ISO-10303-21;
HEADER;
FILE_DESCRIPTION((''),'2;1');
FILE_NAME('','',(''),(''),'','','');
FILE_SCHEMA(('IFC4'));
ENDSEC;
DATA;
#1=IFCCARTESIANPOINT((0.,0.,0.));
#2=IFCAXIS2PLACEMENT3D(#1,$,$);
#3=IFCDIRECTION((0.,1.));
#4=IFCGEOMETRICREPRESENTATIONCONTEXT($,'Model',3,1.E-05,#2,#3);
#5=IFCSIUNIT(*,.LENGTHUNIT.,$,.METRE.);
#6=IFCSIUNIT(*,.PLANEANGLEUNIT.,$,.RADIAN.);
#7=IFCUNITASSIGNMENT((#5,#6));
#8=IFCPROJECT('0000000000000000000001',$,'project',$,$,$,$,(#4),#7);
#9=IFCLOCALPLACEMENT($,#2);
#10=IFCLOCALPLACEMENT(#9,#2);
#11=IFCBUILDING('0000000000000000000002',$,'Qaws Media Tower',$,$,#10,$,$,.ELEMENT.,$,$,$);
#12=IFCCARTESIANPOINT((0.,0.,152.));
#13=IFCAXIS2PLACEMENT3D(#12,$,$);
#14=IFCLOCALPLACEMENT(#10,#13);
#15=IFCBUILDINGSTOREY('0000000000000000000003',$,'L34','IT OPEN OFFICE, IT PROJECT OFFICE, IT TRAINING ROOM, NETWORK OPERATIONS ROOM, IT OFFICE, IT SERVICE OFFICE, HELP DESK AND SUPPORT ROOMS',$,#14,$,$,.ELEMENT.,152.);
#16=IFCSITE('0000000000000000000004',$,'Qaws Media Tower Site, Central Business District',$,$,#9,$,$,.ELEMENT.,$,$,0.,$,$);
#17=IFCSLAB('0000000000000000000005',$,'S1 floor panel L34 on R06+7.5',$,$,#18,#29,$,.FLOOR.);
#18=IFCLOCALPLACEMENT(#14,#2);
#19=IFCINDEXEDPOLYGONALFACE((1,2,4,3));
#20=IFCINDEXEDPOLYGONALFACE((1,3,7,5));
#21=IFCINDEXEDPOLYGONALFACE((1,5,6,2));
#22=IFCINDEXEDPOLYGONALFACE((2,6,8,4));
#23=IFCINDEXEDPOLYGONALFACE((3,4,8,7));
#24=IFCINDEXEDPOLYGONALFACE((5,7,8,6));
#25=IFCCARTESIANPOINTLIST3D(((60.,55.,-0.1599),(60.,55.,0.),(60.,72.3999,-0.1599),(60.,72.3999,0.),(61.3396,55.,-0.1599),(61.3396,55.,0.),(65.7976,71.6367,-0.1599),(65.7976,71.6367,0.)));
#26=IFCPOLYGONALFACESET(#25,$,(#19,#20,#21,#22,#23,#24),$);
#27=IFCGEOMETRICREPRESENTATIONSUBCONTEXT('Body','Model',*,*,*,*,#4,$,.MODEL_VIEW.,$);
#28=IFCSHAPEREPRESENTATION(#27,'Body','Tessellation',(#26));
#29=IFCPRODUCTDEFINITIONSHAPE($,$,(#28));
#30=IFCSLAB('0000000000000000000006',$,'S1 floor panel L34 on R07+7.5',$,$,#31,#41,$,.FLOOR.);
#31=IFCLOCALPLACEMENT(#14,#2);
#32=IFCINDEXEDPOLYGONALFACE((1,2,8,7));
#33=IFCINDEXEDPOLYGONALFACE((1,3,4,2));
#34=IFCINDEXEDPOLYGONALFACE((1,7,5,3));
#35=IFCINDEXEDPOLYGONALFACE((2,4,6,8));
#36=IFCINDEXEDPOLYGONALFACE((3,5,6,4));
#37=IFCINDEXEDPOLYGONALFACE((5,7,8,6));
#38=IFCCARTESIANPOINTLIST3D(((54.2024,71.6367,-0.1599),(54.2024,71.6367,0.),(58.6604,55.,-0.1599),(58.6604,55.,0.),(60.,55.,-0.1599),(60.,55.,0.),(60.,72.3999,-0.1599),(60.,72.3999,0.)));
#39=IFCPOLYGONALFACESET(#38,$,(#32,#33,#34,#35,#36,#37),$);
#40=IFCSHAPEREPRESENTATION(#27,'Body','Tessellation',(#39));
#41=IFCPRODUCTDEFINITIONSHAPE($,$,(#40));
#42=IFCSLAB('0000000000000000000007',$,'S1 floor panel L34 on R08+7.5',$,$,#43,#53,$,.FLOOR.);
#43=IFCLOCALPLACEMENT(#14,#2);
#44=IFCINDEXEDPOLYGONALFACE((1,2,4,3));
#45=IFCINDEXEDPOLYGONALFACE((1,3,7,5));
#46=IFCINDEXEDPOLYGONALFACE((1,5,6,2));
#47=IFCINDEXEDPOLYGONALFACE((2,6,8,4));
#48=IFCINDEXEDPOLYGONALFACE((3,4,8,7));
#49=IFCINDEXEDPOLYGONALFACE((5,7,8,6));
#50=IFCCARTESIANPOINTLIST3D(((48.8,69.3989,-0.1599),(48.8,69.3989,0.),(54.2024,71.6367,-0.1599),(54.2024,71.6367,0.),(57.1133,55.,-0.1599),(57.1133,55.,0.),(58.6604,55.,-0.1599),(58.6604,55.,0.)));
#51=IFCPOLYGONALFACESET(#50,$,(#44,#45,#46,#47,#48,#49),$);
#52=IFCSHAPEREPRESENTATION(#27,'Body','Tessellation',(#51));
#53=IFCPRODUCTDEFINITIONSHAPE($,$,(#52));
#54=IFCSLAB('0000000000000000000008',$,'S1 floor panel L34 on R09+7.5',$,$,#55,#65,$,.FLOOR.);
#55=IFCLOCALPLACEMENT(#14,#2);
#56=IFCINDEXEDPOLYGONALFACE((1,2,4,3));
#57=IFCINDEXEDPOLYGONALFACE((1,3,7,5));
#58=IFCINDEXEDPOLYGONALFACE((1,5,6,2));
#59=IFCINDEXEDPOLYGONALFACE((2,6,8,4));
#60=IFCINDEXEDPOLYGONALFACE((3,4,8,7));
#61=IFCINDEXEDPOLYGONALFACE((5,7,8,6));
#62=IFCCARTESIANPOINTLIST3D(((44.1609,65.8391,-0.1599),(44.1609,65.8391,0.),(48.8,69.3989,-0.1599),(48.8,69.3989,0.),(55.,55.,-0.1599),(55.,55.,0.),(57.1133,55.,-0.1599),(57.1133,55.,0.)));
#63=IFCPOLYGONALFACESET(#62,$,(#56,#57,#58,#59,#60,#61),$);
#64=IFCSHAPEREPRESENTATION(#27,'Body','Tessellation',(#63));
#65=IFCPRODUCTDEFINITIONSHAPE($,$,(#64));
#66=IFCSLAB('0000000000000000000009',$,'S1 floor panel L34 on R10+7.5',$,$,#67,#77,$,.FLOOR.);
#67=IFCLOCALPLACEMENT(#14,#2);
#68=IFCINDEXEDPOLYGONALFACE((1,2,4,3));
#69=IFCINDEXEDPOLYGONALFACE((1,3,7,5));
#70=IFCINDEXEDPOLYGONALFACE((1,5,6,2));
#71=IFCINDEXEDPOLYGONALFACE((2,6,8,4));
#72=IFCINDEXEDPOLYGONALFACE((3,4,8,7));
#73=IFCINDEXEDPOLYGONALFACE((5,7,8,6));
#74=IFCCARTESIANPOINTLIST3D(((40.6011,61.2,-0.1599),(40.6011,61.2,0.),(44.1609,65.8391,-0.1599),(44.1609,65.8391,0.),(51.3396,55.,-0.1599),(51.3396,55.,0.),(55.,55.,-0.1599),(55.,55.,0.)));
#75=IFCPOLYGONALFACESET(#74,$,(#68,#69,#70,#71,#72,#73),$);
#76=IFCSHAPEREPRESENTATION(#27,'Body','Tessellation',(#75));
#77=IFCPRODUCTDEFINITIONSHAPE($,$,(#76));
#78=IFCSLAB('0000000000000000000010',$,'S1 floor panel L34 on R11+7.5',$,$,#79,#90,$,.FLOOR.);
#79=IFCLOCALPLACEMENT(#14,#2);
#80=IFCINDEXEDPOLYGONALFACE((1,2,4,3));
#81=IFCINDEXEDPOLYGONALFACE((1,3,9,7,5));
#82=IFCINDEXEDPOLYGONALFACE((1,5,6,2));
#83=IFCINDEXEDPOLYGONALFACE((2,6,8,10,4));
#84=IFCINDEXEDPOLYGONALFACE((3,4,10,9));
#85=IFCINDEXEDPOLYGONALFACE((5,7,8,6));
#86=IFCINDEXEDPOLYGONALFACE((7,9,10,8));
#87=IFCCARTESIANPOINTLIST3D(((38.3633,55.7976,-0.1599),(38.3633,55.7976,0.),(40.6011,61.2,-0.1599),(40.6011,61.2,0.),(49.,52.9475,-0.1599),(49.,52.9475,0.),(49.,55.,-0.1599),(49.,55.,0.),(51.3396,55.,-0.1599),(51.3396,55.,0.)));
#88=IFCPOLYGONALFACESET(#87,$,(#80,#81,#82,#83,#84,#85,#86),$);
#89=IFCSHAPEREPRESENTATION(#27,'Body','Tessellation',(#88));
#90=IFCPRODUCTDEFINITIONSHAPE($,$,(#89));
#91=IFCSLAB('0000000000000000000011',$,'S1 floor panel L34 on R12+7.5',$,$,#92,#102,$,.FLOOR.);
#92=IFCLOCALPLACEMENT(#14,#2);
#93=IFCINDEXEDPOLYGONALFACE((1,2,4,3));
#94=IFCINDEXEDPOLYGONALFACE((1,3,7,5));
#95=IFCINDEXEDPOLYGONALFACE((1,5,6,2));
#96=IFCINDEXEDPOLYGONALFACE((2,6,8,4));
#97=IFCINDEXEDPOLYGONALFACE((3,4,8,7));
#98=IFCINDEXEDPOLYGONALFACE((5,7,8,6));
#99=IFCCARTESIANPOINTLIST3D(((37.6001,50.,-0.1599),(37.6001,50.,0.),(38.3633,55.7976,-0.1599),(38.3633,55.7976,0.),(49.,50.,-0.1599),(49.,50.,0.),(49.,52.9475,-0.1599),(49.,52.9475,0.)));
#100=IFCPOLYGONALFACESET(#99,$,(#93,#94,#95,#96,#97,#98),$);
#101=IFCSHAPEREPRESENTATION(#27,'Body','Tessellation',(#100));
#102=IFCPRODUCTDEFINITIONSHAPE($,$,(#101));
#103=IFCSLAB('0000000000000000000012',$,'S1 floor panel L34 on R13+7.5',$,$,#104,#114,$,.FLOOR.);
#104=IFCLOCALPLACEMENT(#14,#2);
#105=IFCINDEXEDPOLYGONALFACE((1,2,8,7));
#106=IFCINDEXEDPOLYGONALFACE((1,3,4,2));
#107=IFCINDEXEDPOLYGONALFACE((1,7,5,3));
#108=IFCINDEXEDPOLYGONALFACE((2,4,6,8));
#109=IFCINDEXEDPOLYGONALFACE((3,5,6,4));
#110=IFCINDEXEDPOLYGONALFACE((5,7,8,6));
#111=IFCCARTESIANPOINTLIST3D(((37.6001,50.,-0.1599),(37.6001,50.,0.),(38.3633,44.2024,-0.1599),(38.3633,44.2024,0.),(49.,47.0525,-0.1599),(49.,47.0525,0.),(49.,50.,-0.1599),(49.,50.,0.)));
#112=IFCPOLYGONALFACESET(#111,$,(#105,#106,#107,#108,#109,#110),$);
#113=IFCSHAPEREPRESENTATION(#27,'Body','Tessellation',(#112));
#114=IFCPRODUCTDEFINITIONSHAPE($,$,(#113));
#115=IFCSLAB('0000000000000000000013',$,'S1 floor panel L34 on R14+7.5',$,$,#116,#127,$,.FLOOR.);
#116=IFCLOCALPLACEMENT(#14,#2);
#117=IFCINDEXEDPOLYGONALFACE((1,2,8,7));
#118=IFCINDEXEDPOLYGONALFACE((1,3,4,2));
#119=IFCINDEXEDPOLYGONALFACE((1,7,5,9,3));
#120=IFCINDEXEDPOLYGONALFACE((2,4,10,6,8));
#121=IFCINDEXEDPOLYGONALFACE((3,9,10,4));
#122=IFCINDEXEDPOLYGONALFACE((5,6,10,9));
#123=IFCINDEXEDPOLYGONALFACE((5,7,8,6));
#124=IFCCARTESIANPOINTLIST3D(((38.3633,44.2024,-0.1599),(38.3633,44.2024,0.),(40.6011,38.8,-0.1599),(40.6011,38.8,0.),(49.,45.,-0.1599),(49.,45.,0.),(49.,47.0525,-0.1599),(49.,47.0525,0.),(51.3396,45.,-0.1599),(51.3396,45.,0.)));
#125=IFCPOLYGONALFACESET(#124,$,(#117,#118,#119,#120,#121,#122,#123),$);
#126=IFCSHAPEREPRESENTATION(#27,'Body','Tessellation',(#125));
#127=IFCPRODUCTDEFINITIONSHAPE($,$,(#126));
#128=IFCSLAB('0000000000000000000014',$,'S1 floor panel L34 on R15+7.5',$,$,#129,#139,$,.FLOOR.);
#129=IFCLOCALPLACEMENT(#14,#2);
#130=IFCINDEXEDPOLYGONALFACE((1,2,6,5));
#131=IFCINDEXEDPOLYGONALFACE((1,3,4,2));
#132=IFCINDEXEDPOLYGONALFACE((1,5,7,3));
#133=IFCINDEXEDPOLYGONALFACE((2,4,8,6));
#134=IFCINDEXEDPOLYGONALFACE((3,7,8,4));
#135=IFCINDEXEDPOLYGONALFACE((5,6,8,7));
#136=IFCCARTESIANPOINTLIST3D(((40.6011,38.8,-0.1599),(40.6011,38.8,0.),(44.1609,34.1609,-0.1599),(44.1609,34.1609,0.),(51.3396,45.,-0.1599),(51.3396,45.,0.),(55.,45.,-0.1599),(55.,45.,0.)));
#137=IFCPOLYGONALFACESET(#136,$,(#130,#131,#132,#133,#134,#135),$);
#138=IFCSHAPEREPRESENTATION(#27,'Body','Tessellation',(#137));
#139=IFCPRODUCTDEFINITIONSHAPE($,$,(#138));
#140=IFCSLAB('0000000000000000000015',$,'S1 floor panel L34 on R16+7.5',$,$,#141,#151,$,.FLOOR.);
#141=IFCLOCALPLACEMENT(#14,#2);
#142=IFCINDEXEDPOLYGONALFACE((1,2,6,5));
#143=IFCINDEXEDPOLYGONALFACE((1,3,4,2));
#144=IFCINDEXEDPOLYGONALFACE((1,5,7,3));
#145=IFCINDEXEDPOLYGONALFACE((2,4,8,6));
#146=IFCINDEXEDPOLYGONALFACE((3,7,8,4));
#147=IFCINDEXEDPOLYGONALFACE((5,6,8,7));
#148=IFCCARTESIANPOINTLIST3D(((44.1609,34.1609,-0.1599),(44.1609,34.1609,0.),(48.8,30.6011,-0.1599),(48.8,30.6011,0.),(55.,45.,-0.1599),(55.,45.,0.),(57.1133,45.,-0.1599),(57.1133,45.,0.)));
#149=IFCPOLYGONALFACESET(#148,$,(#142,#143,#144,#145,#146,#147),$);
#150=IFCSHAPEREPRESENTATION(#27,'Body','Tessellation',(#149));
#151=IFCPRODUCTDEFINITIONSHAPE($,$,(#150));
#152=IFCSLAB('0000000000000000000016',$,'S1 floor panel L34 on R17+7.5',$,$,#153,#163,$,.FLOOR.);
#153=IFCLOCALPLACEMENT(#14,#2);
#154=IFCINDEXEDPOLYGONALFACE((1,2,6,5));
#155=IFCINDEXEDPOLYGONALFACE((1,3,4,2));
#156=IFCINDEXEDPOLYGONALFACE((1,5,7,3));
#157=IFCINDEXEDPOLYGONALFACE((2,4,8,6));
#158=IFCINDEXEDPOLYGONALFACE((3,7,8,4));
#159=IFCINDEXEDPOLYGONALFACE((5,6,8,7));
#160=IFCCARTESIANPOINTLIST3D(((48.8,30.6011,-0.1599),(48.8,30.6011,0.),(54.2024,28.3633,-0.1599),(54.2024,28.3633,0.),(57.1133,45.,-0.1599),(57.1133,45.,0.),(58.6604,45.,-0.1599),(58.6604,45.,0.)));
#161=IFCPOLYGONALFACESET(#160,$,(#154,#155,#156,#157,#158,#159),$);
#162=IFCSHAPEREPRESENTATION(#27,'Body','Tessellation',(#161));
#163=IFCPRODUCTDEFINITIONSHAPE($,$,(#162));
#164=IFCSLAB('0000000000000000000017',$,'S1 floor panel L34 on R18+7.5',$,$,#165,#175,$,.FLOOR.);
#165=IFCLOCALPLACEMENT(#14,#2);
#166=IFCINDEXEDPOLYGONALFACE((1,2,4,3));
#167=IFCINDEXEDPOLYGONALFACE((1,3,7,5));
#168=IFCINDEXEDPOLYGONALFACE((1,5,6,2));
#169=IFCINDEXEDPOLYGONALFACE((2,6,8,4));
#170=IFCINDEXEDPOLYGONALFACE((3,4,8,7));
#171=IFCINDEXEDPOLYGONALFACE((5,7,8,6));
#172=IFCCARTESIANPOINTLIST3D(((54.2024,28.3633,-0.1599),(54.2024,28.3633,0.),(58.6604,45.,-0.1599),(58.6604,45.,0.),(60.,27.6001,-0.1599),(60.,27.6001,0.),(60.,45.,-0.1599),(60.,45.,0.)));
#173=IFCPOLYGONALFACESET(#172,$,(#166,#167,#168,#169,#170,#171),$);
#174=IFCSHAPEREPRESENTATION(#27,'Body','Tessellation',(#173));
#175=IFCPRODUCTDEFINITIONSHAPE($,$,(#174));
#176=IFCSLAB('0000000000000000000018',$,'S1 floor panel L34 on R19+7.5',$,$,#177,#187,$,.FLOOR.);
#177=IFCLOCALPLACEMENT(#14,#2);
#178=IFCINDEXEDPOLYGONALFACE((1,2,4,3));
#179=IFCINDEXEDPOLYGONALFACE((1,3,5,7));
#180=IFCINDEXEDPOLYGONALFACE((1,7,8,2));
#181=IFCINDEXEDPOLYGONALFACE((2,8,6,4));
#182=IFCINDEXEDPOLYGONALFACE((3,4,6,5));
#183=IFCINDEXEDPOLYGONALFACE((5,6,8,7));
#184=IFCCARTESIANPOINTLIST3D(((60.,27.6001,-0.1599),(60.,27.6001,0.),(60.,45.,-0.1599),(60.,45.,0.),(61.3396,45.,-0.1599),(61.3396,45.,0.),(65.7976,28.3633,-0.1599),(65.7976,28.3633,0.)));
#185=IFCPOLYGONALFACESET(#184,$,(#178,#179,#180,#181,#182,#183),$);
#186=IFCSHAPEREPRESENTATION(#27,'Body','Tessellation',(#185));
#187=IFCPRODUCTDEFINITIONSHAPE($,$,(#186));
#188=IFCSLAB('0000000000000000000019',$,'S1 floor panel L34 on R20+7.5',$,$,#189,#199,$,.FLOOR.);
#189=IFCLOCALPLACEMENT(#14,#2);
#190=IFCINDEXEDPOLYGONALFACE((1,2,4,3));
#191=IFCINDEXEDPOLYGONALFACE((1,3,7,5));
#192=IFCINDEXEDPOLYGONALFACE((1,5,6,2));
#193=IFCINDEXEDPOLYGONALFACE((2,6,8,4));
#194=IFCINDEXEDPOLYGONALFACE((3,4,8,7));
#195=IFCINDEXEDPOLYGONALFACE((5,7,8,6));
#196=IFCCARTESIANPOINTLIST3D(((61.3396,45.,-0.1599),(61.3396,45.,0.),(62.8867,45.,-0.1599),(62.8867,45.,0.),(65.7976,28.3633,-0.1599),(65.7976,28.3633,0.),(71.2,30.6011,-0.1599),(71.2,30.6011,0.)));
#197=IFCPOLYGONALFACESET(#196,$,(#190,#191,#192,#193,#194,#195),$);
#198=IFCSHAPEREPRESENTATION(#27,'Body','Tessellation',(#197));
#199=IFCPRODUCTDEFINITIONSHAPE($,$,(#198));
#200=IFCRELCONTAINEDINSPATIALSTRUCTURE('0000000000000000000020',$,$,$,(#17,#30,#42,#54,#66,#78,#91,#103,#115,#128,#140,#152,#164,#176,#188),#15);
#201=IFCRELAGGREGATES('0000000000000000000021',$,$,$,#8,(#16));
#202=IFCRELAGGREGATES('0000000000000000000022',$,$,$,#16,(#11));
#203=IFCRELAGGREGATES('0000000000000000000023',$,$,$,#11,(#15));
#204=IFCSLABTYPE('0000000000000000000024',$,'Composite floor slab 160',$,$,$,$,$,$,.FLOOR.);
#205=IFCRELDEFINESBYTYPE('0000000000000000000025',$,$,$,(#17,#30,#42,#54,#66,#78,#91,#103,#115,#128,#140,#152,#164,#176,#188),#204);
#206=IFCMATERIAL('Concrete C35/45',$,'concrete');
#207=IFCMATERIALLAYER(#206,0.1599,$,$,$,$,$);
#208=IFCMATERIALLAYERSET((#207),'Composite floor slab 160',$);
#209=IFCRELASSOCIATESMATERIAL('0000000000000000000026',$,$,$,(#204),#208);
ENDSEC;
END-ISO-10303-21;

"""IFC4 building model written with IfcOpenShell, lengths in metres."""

from ifc_helpers import new_model, si_unit, direction, frame, origin, place, context, subcontext, project, spatial, polyline, outline, extrude, material, layer, layer_set, type_object, element, save


model = new_model("IFC4")

# Units and contexts
model_context = context("Model", 3, precision=1e-05, world=origin(), true_north=direction((0.0, 1.0)))
body_context = subcontext(model_context, "Body", "Model", "MODEL_VIEW")
ifc_project = project(units=[si_unit("LENGTHUNIT", "METRE"), si_unit("PLANEANGLEUNIT", "RADIAN")], contexts=[model_context])

# Site, building, storey
site_placement = place(None, origin())
site = spatial("IfcSite", under=ifc_project, at=site_placement, Name="Qaws Media Tower Site, Central Business District", CompositionType="ELEMENT", RefElevation=0.0)
building_placement = place(site_placement, origin())
building = spatial("IfcBuilding", under=site, at=building_placement, Name="Qaws Media Tower", CompositionType="ELEMENT")
storey_placement = place(building_placement, frame((0.0, 0.0, 152.0)))
storey = spatial("IfcBuildingStorey", under=building, at=storey_placement, Name="L34", Description="IT OPEN OFFICE, IT PROJECT OFFICE, IT TRAINING ROOM, NETWORK OPERATIONS ROOM, IT OFFICE, IT SERVICE OFFICE, HELP DESK AND SUPPORT ROOMS", CompositionType="ELEMENT", Elevation=152.0)

# Slabs
ifc_material_1 = material(Name="Concrete C35/45", Category="concrete")
ifc_layer_1 = layer(ifc_material_1, 0.1599)
ifc_layer_set_1 = layer_set([ifc_layer_1], Name="Composite floor slab 160")
slab_type_1 = type_object("IfcSlabType", Name="Composite floor slab 160", PredefinedType="FLOOR", material=ifc_layer_set_1)
slab_1_placement = place(storey_placement, frame((0.0, 0.0, -0.1599)))
element("IfcSlab", 1, at=slab_1_placement, inside=storey, type_object=slab_type_1, Name="S1 floor panel L34 on R06+7.5", PredefinedType="FLOOR", context=body_context, shape_type="SweptSolid", body=[
    extrude(outline(polyline([(65.7976, 71.6367), (61.3396, 55.0), (60.0, 55.0), (60.0, 72.3999), (65.7976, 71.6367)])), origin(), (0.0, 0.0, 1.0), 0.1599),
])
slab_2_placement = place(storey_placement, frame((0.0, 0.0, -0.1599)))
element("IfcSlab", 2, at=slab_2_placement, inside=storey, type_object=slab_type_1, Name="S1 floor panel L34 on R07+7.5", PredefinedType="FLOOR", context=body_context, shape_type="SweptSolid", body=[
    extrude(outline(polyline([(60.0, 72.3999), (60.0, 55.0), (58.6604, 55.0), (54.2024, 71.6367), (60.0, 72.3999)])), origin(), (0.0, 0.0, 1.0), 0.1599),
])
slab_3_placement = place(storey_placement, frame((0.0, 0.0, -0.1599)))
element("IfcSlab", 3, at=slab_3_placement, inside=storey, type_object=slab_type_1, Name="S1 floor panel L34 on R08+7.5", PredefinedType="FLOOR", context=body_context, shape_type="SweptSolid", body=[
    extrude(outline(polyline([(48.8, 69.3989), (54.2024, 71.6367), (58.6604, 55.0), (57.1133, 55.0), (48.8, 69.3989)])), origin(), (0.0, 0.0, 1.0), 0.1599),
])
slab_4_placement = place(storey_placement, frame((0.0, 0.0, -0.1599)))
element("IfcSlab", 4, at=slab_4_placement, inside=storey, type_object=slab_type_1, Name="S1 floor panel L34 on R09+7.5", PredefinedType="FLOOR", context=body_context, shape_type="SweptSolid", body=[
    extrude(outline(polyline([(48.8, 69.3989), (57.1133, 55.0), (55.0, 55.0), (44.1609, 65.8391), (48.8, 69.3989)])), origin(), (0.0, 0.0, 1.0), 0.1599),
])
slab_5_placement = place(storey_placement, frame((0.0, 0.0, -0.1599)))
element("IfcSlab", 5, at=slab_5_placement, inside=storey, type_object=slab_type_1, Name="S1 floor panel L34 on R10+7.5", PredefinedType="FLOOR", context=body_context, shape_type="SweptSolid", body=[
    extrude(outline(polyline([(44.1609, 65.8391), (55.0, 55.0), (51.3396, 55.0), (40.6011, 61.2), (44.1609, 65.8391)])), origin(), (0.0, 0.0, 1.0), 0.1599),
])
slab_6_placement = place(storey_placement, frame((0.0, 0.0, -0.1599)))
element("IfcSlab", 6, at=slab_6_placement, inside=storey, type_object=slab_type_1, Name="S1 floor panel L34 on R11+7.5", PredefinedType="FLOOR", context=body_context, shape_type="SweptSolid", body=[
    extrude(outline(polyline([(38.3633, 55.7976), (40.6011, 61.2), (51.3396, 55.0), (49.0, 55.0), (49.0, 52.9475), (38.3633, 55.7976)])), origin(), (0.0, 0.0, 1.0), 0.1599),
])
slab_7_placement = place(storey_placement, frame((0.0, 0.0, -0.1599)))
element("IfcSlab", 7, at=slab_7_placement, inside=storey, type_object=slab_type_1, Name="S1 floor panel L34 on R12+7.5", PredefinedType="FLOOR", context=body_context, shape_type="SweptSolid", body=[
    extrude(outline(polyline([(38.3633, 55.7976), (49.0, 52.9475), (49.0, 50.0), (37.6001, 50.0), (38.3633, 55.7976)])), origin(), (0.0, 0.0, 1.0), 0.1599),
])
slab_8_placement = place(storey_placement, frame((0.0, 0.0, -0.1599)))
element("IfcSlab", 8, at=slab_8_placement, inside=storey, type_object=slab_type_1, Name="S1 floor panel L34 on R13+7.5", PredefinedType="FLOOR", context=body_context, shape_type="SweptSolid", body=[
    extrude(outline(polyline([(37.6001, 50.0), (49.0, 50.0), (49.0, 47.0525), (38.3633, 44.2024), (37.6001, 50.0)])), origin(), (0.0, 0.0, 1.0), 0.1599),
])
slab_9_placement = place(storey_placement, frame((0.0, 0.0, -0.1599)))
element("IfcSlab", 9, at=slab_9_placement, inside=storey, type_object=slab_type_1, Name="S1 floor panel L34 on R14+7.5", PredefinedType="FLOOR", context=body_context, shape_type="SweptSolid", body=[
    extrude(outline(polyline([(40.6011, 38.8), (38.3633, 44.2024), (49.0, 47.0525), (49.0, 45.0), (51.3396, 45.0), (40.6011, 38.8)])), origin(), (0.0, 0.0, 1.0), 0.1599),
])
slab_10_placement = place(storey_placement, frame((0.0, 0.0, -0.1599)))
element("IfcSlab", 10, at=slab_10_placement, inside=storey, type_object=slab_type_1, Name="S1 floor panel L34 on R15+7.5", PredefinedType="FLOOR", context=body_context, shape_type="SweptSolid", body=[
    extrude(outline(polyline([(40.6011, 38.8), (51.3396, 45.0), (55.0, 45.0), (44.1609, 34.1609), (40.6011, 38.8)])), origin(), (0.0, 0.0, 1.0), 0.1599),
])
slab_11_placement = place(storey_placement, frame((0.0, 0.0, -0.1599)))
element("IfcSlab", 11, at=slab_11_placement, inside=storey, type_object=slab_type_1, Name="S1 floor panel L34 on R16+7.5", PredefinedType="FLOOR", context=body_context, shape_type="SweptSolid", body=[
    extrude(outline(polyline([(44.1609, 34.1609), (55.0, 45.0), (57.1133, 45.0), (48.8, 30.6011), (44.1609, 34.1609)])), origin(), (0.0, 0.0, 1.0), 0.1599),
])
slab_12_placement = place(storey_placement, frame((0.0, 0.0, -0.1599)))
element("IfcSlab", 12, at=slab_12_placement, inside=storey, type_object=slab_type_1, Name="S1 floor panel L34 on R17+7.5", PredefinedType="FLOOR", context=body_context, shape_type="SweptSolid", body=[
    extrude(outline(polyline([(54.2024, 28.3633), (48.8, 30.6011), (57.1133, 45.0), (58.6604, 45.0), (54.2024, 28.3633)])), origin(), (0.0, 0.0, 1.0), 0.1599),
])
slab_13_placement = place(storey_placement, frame((0.0, 0.0, -0.1599)))
element("IfcSlab", 13, at=slab_13_placement, inside=storey, type_object=slab_type_1, Name="S1 floor panel L34 on R18+7.5", PredefinedType="FLOOR", context=body_context, shape_type="SweptSolid", body=[
    extrude(outline(polyline([(54.2024, 28.3633), (58.6604, 45.0), (60.0, 45.0), (60.0, 27.6001), (54.2024, 28.3633)])), origin(), (0.0, 0.0, 1.0), 0.1599),
])
slab_14_placement = place(storey_placement, frame((0.0, 0.0, -0.1599)))
element("IfcSlab", 14, at=slab_14_placement, inside=storey, type_object=slab_type_1, Name="S1 floor panel L34 on R19+7.5", PredefinedType="FLOOR", context=body_context, shape_type="SweptSolid", body=[
    extrude(outline(polyline([(60.0, 27.6001), (60.0, 45.0), (61.3396, 45.0), (65.7976, 28.3633), (60.0, 27.6001)])), origin(), (0.0, 0.0, 1.0), 0.1599),
])
slab_15_placement = place(storey_placement, frame((0.0, 0.0, -0.1599)))
element("IfcSlab", 15, at=slab_15_placement, inside=storey, type_object=slab_type_1, Name="S1 floor panel L34 on R20+7.5", PredefinedType="FLOOR", context=body_context, shape_type="SweptSolid", body=[
    extrude(outline(polyline([(71.2, 30.6011), (65.7976, 28.3633), (61.3396, 45.0), (62.8867, 45.0), (71.2, 30.6011)])), origin(), (0.0, 0.0, 1.0), 0.1599),
])

save(model, "model.ifc")
